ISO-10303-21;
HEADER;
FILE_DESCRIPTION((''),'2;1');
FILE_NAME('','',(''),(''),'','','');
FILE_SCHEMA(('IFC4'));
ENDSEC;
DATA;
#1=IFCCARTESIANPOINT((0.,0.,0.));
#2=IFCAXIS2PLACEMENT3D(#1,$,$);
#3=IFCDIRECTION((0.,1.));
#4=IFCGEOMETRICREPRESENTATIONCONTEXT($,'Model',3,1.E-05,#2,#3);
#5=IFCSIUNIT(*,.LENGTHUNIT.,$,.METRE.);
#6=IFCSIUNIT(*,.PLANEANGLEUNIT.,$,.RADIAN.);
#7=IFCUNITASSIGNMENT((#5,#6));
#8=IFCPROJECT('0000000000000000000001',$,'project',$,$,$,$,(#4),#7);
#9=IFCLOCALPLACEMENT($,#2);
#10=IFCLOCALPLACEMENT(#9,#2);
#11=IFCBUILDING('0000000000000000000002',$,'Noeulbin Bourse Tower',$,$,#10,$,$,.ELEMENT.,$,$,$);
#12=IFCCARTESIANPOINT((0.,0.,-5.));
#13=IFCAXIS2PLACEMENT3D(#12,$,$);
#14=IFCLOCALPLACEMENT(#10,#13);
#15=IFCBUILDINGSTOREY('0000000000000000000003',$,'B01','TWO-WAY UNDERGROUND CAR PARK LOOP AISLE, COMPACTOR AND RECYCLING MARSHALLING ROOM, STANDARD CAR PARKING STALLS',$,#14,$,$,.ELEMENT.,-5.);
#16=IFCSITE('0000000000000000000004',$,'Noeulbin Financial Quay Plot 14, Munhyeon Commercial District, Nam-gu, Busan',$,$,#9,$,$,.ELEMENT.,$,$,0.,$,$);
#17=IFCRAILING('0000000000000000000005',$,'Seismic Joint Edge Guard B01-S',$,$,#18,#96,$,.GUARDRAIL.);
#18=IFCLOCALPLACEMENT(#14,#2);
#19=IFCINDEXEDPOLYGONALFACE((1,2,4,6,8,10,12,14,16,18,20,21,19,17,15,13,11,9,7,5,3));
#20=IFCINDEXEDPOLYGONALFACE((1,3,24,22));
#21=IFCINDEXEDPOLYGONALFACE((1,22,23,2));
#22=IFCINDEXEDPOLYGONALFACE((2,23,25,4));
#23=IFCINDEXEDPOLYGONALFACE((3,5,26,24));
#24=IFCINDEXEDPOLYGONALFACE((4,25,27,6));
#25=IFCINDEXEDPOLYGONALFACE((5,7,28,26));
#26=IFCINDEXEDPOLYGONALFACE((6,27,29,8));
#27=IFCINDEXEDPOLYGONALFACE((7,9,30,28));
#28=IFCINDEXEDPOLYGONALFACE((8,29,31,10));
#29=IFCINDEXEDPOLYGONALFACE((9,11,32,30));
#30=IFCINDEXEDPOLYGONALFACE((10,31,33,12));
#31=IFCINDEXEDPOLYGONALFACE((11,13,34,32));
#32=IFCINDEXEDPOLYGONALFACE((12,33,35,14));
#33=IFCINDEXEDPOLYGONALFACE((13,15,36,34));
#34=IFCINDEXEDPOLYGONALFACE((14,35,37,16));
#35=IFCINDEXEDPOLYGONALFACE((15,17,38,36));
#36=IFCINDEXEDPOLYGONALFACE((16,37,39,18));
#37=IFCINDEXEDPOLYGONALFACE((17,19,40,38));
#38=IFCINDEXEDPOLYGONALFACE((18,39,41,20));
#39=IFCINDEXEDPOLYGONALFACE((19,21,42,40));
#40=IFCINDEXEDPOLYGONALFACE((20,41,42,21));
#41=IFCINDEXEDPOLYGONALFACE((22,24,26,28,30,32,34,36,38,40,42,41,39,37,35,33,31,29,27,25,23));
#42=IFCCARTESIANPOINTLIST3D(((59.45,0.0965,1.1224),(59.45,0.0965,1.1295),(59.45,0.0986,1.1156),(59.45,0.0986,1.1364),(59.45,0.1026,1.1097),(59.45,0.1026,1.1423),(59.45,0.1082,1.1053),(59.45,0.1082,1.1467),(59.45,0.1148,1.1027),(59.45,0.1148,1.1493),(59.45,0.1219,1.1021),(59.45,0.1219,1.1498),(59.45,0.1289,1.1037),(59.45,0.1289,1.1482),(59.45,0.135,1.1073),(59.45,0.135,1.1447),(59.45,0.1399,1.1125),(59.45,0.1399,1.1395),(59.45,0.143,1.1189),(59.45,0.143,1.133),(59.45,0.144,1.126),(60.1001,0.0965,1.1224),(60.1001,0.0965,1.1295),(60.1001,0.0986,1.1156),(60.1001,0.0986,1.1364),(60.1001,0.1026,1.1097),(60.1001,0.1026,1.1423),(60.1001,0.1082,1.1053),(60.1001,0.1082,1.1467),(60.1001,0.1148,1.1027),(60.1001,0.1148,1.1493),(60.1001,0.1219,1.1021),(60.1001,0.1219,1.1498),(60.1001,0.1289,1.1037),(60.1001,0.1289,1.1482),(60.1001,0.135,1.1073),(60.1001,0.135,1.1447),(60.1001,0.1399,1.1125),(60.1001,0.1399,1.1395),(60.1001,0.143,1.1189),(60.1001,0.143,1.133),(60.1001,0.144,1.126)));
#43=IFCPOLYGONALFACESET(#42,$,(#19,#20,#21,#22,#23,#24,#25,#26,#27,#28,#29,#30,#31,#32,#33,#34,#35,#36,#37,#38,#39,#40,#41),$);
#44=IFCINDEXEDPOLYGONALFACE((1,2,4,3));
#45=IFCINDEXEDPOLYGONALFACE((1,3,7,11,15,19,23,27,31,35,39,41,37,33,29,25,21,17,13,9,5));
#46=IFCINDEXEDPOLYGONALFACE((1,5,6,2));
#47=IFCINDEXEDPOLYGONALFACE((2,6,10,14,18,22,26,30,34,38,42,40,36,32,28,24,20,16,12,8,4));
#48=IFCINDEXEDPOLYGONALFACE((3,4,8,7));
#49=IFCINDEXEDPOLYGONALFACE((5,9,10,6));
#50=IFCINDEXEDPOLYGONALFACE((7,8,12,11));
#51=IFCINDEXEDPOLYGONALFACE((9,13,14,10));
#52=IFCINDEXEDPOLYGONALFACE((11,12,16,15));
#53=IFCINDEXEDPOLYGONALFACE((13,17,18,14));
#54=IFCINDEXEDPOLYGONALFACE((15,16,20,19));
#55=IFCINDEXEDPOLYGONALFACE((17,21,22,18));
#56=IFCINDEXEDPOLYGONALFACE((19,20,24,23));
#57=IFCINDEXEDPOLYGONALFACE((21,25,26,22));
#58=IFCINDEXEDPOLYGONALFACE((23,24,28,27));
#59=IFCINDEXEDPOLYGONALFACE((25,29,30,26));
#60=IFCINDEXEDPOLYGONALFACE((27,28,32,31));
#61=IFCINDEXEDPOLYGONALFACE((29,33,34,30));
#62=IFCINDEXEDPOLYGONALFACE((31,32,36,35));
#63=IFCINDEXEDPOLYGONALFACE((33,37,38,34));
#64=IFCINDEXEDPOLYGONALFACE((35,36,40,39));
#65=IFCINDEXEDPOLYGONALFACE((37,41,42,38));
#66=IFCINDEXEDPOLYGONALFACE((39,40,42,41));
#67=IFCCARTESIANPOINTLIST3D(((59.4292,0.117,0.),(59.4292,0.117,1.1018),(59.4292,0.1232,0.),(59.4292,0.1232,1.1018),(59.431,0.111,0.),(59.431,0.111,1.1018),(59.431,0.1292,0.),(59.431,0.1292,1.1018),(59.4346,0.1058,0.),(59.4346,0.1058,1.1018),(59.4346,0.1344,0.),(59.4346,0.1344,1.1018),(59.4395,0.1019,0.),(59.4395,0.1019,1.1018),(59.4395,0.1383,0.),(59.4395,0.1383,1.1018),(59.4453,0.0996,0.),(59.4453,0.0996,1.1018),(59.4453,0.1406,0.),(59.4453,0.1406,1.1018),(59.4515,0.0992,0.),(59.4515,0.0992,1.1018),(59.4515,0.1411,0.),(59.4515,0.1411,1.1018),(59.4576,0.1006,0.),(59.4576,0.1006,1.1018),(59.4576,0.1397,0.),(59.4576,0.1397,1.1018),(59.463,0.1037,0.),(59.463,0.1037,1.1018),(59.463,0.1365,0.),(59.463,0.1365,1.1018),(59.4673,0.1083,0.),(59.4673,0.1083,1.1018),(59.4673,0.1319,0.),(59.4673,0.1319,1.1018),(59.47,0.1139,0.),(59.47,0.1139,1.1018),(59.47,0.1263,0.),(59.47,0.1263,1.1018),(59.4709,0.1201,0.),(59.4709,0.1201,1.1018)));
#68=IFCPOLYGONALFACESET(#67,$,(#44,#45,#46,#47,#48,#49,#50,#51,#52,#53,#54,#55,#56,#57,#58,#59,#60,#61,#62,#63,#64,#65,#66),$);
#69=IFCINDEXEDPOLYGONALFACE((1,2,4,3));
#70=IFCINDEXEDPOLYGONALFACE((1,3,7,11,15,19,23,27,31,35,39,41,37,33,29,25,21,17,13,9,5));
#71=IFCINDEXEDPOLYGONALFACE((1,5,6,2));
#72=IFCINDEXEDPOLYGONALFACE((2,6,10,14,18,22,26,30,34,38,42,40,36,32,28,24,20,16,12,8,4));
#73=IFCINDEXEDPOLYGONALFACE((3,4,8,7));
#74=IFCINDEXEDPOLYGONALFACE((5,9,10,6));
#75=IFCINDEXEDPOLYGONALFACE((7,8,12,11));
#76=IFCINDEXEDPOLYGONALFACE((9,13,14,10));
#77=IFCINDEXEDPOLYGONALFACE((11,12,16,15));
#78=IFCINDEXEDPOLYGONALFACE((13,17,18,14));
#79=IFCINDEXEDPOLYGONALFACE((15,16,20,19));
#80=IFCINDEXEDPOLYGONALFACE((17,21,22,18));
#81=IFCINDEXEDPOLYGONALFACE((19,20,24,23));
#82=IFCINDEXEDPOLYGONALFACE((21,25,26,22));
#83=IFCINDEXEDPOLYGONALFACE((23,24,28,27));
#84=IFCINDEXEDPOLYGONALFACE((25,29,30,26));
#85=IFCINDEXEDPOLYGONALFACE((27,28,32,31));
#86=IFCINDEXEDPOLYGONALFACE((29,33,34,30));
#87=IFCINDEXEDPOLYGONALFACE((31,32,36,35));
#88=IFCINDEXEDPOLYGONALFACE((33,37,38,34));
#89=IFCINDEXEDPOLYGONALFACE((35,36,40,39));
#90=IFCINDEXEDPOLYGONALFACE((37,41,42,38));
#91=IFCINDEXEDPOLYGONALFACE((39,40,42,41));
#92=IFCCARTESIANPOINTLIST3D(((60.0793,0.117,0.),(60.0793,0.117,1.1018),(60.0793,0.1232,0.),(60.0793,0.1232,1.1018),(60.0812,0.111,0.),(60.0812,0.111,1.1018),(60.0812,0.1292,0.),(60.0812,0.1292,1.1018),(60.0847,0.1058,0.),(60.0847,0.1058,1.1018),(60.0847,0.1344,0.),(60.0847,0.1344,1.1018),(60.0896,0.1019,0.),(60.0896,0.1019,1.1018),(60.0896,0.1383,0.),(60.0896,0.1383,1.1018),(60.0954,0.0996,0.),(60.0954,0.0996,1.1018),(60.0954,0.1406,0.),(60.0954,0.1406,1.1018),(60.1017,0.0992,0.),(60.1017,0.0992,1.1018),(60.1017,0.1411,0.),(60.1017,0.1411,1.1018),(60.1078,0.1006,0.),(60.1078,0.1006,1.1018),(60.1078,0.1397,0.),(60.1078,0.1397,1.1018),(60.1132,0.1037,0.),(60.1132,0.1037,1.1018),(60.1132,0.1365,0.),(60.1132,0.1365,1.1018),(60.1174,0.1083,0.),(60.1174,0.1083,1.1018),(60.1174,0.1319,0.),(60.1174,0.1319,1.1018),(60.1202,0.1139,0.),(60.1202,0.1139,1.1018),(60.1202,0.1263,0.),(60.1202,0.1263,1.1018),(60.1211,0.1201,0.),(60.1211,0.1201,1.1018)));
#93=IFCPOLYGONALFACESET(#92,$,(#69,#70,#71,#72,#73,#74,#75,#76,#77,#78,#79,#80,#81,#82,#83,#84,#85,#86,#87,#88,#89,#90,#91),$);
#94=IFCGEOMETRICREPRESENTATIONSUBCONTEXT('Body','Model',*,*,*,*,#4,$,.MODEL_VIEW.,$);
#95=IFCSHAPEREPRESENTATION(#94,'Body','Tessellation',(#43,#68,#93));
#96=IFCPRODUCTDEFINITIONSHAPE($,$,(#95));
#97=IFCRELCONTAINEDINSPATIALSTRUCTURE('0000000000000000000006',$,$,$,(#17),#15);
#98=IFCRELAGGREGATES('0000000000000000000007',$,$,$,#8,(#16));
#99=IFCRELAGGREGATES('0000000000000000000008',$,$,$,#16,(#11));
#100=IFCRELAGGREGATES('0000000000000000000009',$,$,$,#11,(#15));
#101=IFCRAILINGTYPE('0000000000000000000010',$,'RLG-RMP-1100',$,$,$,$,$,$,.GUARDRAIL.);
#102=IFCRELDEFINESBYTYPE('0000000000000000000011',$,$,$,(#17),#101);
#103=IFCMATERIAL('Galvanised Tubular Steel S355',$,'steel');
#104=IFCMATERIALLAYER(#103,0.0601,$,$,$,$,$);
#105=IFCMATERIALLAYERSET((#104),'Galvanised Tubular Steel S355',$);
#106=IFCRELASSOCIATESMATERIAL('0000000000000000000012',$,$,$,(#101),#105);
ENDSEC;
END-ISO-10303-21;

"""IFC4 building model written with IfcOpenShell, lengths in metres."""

from ifc_helpers import new_model, si_unit, direction, frame, origin, origin_2d, place, context, subcontext, project, spatial, circle, extrude, material, layer, layer_set, type_object, element, save


model = new_model("IFC4")

# Units and contexts
model_context = context("Model", 3, precision=1e-05, world=origin(), true_north=direction((0.0, 1.0)))
body_context = subcontext(model_context, "Body", "Model", "MODEL_VIEW")
ifc_project = project(units=[si_unit("LENGTHUNIT", "METRE"), si_unit("PLANEANGLEUNIT", "RADIAN")], contexts=[model_context])

# Site, building, storey
site_placement = place(None, origin())
site = spatial("IfcSite", under=ifc_project, at=site_placement, Name="Noeulbin Financial Quay Plot 14, Munhyeon Commercial District, Nam-gu, Busan", CompositionType="ELEMENT", RefElevation=0.0)
building_placement = place(site_placement, origin())
building = spatial("IfcBuilding", under=site, at=building_placement, Name="Noeulbin Bourse Tower", CompositionType="ELEMENT")
storey_placement = place(building_placement, frame((0.0, 0.0, -5.0)))
storey = spatial("IfcBuildingStorey", under=building, at=storey_placement, Name="B01", Description="TWO-WAY UNDERGROUND CAR PARK LOOP AISLE, COMPACTOR AND RECYCLING MARSHALLING ROOM, STANDARD CAR PARKING STALLS", CompositionType="ELEMENT", Elevation=-5.0)

# Railing
ifc_material_1 = material(Name="Galvanised Tubular Steel S355", Category="steel")
ifc_layer_1 = layer(ifc_material_1, 0.0601)
ifc_layer_set_1 = layer_set([ifc_layer_1], Name="Galvanised Tubular Steel S355")
railing_type_1 = type_object("IfcRailingType", Name="RLG-RMP-1100", PredefinedType="GUARDRAIL", material=ifc_layer_set_1)
railing_1_placement = place(storey_placement, frame((59.45, 0.1201, 0.0)))
element("IfcRailing", 1, at=railing_1_placement, inside=storey, type_object=railing_type_1, Name="Seismic Joint Edge Guard B01-S", PredefinedType="GUARDRAIL", context=body_context, shape_type="SweptSolid", body=[
    extrude(circle(Radius=0.0239, at=origin_2d()), frame((0.0, 0.0, 1.126), z_axis=(1.0, 0.0, 0.0), x_axis=(0.0, 1.0, 0.0)), (0.0, 0.0, 1.0), 0.6501),
    extrude(circle(Radius=0.021, at=origin_2d()), origin(), (0.0, 0.0, 1.0), 1.1018),
    extrude(circle(Radius=0.021, at=origin_2d()), frame((0.6501, 0.0, 0.0)), (0.0, 0.0, 1.0), 1.1018),
])

save(model, "model.ifc")
